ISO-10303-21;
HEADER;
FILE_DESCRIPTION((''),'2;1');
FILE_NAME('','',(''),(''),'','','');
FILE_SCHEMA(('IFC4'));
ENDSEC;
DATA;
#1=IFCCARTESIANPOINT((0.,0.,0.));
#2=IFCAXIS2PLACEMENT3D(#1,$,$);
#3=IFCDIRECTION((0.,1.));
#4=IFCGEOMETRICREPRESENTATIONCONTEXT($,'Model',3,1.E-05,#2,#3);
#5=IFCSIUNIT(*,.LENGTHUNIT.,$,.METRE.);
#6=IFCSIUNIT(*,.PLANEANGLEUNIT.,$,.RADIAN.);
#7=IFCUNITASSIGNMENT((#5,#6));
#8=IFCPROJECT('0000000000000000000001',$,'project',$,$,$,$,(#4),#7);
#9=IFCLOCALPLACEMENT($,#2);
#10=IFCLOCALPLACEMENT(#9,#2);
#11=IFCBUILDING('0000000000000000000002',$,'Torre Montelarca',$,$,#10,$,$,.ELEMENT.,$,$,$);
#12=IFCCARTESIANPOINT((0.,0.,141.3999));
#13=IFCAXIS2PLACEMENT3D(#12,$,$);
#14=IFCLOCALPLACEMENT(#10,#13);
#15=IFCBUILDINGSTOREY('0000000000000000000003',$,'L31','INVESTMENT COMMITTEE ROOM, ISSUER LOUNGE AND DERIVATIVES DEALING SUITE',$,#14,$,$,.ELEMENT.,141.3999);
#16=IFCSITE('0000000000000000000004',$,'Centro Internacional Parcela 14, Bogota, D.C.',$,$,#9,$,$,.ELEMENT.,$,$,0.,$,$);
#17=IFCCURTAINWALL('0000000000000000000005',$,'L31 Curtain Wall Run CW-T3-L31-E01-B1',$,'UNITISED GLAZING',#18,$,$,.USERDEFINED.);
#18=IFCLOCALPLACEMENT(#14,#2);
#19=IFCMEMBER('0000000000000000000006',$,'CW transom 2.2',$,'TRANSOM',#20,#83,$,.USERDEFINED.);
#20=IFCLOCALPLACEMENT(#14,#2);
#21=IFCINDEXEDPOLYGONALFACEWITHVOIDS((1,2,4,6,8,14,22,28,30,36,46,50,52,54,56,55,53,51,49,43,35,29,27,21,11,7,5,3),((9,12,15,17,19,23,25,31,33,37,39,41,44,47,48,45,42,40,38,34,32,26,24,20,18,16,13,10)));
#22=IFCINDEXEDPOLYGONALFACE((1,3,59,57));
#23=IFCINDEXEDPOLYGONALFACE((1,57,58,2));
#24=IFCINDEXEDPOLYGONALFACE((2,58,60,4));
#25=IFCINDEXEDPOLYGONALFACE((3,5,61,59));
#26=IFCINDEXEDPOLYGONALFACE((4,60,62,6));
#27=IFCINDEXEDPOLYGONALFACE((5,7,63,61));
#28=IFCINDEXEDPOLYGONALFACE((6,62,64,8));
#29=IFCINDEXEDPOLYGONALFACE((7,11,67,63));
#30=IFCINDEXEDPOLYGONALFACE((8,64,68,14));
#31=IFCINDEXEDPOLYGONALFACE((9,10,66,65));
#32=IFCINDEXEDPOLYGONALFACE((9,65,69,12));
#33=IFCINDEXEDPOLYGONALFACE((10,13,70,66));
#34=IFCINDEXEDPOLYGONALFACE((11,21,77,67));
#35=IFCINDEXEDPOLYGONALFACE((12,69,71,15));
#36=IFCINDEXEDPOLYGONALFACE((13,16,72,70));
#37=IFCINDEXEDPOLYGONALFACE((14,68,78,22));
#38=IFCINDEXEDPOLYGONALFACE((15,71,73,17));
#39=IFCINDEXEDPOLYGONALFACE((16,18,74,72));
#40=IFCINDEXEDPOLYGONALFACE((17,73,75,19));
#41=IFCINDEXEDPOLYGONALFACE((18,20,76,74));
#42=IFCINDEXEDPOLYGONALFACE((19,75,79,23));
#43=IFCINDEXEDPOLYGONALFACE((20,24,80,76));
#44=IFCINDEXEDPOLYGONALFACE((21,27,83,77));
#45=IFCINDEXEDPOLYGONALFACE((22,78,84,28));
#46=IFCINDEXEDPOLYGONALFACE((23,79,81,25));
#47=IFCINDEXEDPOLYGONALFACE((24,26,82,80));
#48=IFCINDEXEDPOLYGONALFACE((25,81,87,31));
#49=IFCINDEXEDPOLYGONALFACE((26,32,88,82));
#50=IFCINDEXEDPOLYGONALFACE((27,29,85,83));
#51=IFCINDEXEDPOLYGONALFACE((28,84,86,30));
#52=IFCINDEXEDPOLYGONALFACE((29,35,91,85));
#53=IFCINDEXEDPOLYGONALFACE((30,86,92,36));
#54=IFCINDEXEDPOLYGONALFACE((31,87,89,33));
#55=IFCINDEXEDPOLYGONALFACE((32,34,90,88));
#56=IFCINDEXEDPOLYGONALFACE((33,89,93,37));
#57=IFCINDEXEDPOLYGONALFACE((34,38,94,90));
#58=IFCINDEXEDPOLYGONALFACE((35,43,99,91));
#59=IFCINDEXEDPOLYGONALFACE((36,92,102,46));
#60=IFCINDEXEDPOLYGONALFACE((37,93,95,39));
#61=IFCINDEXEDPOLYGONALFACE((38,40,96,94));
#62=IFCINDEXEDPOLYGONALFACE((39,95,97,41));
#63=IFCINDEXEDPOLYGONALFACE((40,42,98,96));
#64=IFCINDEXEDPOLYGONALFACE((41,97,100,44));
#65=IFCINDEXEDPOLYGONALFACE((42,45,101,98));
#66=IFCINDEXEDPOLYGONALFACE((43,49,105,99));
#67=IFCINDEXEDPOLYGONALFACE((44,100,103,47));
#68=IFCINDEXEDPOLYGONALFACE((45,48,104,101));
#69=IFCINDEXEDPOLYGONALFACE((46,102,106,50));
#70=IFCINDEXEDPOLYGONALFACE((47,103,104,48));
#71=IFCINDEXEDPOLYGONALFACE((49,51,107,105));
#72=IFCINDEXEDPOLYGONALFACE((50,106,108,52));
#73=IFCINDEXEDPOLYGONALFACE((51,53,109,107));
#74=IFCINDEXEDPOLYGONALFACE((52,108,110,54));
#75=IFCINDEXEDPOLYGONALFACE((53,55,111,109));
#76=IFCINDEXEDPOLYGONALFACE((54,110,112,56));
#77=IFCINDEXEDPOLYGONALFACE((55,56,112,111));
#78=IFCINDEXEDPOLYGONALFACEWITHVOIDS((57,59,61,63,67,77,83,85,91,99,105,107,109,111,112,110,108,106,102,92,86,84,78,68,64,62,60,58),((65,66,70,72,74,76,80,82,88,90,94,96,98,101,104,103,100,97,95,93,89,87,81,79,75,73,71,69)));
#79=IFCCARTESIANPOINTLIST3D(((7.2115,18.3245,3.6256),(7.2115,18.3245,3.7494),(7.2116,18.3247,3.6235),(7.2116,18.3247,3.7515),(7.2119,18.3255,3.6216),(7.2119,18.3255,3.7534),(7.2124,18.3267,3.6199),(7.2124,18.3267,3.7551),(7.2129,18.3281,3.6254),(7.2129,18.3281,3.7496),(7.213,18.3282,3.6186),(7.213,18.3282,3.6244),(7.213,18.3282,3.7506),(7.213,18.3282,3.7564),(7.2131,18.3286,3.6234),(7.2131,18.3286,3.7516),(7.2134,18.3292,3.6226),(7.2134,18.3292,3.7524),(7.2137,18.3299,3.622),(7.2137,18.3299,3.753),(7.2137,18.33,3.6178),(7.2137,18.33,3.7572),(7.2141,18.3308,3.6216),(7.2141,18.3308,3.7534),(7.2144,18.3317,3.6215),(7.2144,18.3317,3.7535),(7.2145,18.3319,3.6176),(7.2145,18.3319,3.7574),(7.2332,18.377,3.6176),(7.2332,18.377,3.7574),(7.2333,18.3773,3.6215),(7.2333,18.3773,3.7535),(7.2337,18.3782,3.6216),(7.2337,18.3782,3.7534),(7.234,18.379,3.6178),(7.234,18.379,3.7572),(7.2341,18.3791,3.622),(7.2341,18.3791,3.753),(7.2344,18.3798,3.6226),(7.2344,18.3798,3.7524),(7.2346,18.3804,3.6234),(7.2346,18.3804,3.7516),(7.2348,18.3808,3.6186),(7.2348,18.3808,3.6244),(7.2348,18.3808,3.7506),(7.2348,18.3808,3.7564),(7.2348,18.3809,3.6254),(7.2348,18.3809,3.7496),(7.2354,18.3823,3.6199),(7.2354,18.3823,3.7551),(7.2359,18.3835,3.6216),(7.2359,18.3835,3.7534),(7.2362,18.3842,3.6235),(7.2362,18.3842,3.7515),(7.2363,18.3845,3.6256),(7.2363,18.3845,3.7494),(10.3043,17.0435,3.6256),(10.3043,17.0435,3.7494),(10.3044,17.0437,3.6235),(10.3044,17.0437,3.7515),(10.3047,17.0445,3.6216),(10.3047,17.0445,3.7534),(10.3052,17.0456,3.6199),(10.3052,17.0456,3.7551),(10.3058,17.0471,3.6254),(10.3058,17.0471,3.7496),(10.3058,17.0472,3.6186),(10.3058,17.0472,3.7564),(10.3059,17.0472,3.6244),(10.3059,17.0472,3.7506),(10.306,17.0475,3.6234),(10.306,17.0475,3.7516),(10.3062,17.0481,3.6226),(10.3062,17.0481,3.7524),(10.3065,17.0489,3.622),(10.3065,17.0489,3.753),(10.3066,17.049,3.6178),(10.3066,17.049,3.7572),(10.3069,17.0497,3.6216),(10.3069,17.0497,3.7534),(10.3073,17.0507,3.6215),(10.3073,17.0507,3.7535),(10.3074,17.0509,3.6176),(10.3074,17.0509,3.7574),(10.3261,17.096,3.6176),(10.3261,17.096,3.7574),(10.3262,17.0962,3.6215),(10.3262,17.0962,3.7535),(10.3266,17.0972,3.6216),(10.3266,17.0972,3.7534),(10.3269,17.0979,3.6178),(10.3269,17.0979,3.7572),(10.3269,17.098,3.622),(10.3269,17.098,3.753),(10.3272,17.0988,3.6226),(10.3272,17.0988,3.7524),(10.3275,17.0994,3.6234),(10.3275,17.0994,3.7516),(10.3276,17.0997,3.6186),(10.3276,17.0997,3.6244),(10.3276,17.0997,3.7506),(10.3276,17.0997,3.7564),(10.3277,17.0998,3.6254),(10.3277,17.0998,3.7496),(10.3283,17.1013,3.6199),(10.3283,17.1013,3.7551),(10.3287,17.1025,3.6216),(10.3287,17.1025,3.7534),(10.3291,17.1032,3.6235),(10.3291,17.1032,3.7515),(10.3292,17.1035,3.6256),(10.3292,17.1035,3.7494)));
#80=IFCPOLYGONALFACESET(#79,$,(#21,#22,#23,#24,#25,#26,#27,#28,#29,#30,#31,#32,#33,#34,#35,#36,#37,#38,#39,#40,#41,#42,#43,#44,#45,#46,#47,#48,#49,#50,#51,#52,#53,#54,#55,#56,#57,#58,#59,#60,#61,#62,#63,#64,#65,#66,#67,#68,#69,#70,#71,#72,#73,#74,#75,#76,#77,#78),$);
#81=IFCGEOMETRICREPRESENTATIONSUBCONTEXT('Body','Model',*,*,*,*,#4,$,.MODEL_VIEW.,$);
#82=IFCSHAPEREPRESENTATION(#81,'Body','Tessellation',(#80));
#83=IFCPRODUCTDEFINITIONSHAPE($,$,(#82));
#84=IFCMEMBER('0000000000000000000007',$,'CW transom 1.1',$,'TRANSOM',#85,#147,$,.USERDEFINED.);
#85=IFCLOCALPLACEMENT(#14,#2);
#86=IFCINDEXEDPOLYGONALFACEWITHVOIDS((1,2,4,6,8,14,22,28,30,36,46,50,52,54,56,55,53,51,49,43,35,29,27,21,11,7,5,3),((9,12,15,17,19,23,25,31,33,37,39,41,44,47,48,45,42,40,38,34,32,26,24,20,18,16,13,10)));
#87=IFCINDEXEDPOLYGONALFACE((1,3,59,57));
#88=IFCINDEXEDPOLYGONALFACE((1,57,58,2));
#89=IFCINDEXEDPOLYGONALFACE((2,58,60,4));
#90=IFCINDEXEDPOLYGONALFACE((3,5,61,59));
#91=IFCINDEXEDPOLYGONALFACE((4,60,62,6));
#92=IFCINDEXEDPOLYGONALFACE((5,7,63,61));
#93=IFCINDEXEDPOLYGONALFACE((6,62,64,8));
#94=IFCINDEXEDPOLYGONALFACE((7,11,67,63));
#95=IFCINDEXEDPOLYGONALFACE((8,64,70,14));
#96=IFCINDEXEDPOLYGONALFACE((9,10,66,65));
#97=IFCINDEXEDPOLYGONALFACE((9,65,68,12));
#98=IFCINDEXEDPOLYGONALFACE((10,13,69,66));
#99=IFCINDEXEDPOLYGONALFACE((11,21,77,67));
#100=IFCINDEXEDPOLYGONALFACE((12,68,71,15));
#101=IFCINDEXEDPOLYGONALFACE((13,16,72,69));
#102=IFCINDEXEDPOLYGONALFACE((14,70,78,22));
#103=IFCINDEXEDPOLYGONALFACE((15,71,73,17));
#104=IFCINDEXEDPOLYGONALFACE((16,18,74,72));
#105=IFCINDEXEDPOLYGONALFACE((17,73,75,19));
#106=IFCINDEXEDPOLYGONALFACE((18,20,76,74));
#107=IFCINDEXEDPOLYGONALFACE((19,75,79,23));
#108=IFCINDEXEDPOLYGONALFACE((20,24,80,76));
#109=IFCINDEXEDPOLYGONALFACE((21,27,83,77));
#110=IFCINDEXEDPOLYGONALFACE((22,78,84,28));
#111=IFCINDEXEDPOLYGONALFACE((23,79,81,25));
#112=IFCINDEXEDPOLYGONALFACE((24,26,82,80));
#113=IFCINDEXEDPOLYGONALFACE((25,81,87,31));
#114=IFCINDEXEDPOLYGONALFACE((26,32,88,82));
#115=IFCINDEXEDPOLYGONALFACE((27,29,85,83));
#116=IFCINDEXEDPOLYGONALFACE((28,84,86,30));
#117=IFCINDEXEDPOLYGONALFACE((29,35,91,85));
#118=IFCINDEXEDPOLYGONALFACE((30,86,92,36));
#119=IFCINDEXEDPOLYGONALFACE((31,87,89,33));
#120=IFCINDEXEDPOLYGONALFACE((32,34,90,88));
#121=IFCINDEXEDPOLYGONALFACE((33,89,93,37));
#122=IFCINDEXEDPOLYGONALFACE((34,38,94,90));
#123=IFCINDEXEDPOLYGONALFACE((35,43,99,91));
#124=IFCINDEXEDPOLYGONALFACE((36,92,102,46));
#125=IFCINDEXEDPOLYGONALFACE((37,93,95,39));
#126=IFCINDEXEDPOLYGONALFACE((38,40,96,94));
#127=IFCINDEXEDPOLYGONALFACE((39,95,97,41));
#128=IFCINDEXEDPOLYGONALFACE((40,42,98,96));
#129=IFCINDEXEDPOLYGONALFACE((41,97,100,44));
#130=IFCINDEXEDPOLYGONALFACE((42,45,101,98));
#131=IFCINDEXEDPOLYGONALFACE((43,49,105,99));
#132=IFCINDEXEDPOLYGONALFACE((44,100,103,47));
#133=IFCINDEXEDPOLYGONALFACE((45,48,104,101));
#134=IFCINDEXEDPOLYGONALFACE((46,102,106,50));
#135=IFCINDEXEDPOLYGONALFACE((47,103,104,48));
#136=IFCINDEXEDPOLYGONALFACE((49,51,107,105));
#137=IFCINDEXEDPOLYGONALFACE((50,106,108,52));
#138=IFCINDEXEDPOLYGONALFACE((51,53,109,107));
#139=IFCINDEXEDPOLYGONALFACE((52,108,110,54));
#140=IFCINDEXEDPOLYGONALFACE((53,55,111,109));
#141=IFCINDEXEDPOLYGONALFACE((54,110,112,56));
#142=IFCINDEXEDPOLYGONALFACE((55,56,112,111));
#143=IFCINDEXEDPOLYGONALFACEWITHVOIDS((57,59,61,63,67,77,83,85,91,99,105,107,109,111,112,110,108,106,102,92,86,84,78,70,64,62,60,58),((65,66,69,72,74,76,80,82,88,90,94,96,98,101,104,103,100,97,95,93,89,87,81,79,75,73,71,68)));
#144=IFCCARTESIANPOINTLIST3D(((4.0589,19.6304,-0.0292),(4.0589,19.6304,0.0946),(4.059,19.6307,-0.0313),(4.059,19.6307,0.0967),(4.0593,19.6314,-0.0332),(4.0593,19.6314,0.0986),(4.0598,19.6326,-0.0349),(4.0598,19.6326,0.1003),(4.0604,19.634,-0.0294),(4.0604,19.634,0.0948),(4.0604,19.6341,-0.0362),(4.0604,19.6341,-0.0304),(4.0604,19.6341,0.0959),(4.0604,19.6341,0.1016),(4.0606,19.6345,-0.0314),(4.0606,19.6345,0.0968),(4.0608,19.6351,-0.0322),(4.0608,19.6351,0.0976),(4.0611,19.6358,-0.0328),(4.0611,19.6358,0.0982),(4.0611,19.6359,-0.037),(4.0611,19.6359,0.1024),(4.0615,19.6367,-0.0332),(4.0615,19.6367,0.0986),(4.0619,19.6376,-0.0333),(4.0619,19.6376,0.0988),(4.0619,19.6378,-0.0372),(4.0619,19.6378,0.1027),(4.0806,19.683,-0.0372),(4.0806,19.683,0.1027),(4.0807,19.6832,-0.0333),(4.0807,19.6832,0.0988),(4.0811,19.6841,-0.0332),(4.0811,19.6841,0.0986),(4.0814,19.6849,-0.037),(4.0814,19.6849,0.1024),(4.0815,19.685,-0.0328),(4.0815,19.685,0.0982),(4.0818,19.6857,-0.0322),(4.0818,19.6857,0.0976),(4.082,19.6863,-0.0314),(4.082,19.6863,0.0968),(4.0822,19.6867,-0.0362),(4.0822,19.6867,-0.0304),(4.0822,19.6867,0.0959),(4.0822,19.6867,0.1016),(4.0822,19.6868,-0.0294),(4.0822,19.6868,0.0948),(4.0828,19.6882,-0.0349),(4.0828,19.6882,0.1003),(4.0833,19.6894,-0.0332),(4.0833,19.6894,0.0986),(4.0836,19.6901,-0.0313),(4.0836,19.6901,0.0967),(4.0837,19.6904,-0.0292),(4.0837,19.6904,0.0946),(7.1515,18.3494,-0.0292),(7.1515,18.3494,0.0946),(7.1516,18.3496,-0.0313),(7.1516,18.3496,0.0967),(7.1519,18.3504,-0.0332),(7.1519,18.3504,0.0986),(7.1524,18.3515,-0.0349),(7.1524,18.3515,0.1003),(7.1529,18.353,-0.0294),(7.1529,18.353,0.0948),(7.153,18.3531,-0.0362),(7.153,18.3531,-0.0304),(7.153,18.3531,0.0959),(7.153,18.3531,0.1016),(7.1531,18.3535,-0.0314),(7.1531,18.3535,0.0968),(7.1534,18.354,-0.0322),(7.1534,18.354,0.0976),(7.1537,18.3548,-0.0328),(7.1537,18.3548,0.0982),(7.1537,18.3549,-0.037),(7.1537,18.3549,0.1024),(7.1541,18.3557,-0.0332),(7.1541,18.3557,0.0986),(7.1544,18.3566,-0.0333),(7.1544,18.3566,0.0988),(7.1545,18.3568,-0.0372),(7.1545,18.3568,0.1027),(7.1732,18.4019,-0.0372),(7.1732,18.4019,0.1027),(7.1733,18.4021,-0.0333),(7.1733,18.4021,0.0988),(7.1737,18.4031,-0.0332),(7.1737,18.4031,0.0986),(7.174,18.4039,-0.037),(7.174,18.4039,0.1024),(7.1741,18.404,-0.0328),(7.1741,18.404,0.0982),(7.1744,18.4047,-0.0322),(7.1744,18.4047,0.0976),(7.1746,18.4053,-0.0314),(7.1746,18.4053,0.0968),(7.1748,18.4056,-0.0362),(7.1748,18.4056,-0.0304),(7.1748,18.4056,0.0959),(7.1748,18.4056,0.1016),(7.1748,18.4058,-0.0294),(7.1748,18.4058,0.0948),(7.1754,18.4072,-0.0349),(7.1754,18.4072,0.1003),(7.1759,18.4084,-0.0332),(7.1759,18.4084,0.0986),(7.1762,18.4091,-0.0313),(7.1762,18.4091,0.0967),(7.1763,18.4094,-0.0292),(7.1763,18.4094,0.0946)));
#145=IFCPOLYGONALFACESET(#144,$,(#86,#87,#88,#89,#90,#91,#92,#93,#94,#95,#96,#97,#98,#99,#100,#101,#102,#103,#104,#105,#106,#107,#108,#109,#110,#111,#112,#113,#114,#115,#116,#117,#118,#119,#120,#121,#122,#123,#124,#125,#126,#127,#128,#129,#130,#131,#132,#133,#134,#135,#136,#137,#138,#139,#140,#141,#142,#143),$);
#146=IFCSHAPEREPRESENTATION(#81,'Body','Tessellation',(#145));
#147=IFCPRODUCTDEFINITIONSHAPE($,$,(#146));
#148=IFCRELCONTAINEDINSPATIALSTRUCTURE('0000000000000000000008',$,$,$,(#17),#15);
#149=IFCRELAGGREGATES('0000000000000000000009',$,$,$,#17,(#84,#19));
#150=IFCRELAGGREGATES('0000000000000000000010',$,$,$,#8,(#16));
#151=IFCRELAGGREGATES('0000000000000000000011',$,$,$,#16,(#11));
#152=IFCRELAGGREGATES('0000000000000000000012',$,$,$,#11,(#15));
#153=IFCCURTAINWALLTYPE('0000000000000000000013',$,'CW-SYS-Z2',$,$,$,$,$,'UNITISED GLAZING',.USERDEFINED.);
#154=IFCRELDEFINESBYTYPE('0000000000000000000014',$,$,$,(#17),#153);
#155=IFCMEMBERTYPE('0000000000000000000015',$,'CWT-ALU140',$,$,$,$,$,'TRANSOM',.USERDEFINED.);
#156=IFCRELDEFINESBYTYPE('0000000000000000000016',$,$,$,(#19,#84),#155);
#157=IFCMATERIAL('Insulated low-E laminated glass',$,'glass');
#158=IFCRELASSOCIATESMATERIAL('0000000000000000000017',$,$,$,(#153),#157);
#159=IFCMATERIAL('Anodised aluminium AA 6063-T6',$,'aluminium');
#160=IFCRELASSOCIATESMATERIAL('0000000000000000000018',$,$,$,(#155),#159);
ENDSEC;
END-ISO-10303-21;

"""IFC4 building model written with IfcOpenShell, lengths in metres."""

from ifc_helpers import new_model, si_unit, direction, frame, origin, origin_2d, place, context, subcontext, project, spatial, hollow_rectangle, extrude, source, transform, mapped, material, material_profile, profile_set, type_object, element, aggregate, save


model = new_model("IFC4")

# Units and contexts
model_context = context("Model", 3, precision=1e-05, world=origin(), true_north=direction((0.0, 1.0)))
body_context = subcontext(model_context, "Body", "Model", "MODEL_VIEW")
ifc_project = project(units=[si_unit("LENGTHUNIT", "METRE"), si_unit("PLANEANGLEUNIT", "RADIAN")], contexts=[model_context])

# Site, building, storey
site_placement = place(None, origin())
site = spatial("IfcSite", under=ifc_project, at=site_placement, Name="Centro Internacional Parcela 14, Bogota, D.C.", CompositionType="ELEMENT", RefElevation=0.0)
building_placement = place(site_placement, origin())
building = spatial("IfcBuilding", under=site, at=building_placement, Name="Torre Montelarca", CompositionType="ELEMENT")
storey_placement = place(building_placement, frame((0.0, 0.0, 141.3999)))
storey = spatial("IfcBuildingStorey", under=building, at=storey_placement, Name="L31", Description="INVESTMENT COMMITTEE ROOM, ISSUER LOUNGE AND DERIVATIVES DEALING SUITE", CompositionType="ELEMENT", Elevation=141.3999)

# Curtain wall
ifc_material_1 = material(Name="Insulated low-E laminated glass", Category="glass")
curtain_wall_type = type_object("IfcCurtainWallType", Name="CW-SYS-Z2", ElementType="UNITISED GLAZING", PredefinedType="USERDEFINED", material=ifc_material_1)
curtain_wall_1_placement = place(storey_placement, origin())
curtain_wall_1 = element("IfcCurtainWall", 1, at=curtain_wall_1_placement, inside=storey, type_object=curtain_wall_type, Name="L31 Curtain Wall Run CW-T3-L31-E01-B1", ObjectType="UNITISED GLAZING", PredefinedType="USERDEFINED")
ifc_material_2 = material(Name="Anodised aluminium AA 6063-T6", Category="aluminium")

# Members
ifc_material_profile_1 = material_profile(ifc_material_2, hollow_rectangle(XDim=0.0649, YDim=0.1399, WallThickness=0.0039, InnerFilletRadius=0.0039, OuterFilletRadius=0.0081, at=origin_2d()), Name="ALU65X140X4", Category="aluminium")
ifc_profile_set_1 = profile_set([ifc_material_profile_1], Name="Anodised aluminium AA 6063-T6")
member_type_1 = type_object("IfcMemberType", Name="CWT-ALU140", ElementType="TRANSOM", PredefinedType="USERDEFINED", material=ifc_profile_set_1)
shared_shape_1 = source(origin(), body_context, "Body", "SweptSolid", [
    extrude(hollow_rectangle(XDim=0.0649, YDim=0.1399, WallThickness=0.0039, InnerFilletRadius=0.0039, OuterFilletRadius=0.0081, at=origin_2d()), origin(), (0.0, 0.0, 1.0), 3.3477),
])
member_1_placement = place(storey_placement, frame((7.2239, 18.3545, 3.6875), z_axis=(0.923886, -0.382667, 0.0), x_axis=(0.382667, 0.923886, 0.0)))
member_1 = element("IfcMember", 2, at=member_1_placement, type_object=member_type_1, Name="CW transom 2.2", ObjectType="TRANSOM", PredefinedType="USERDEFINED", context=body_context, shape_type="MappedRepresentation", body=[
    mapped(shared_shape_1, transform((0.0, 0.0, 0.0), scale=1.0)),
])
shared_shape_2 = source(origin(), body_context, "Body", "SweptSolid", [
    extrude(hollow_rectangle(XDim=0.0649, YDim=0.1399, WallThickness=0.0039, InnerFilletRadius=0.0039, OuterFilletRadius=0.0081, at=origin_2d()), origin(), (0.0, 0.0, 1.0), 3.3474),
])
member_2_placement = place(storey_placement, frame((4.0713, 19.6604, 0.0327), z_axis=(0.923875, -0.382693, 0.0), x_axis=(0.382693, 0.923875, 0.0)))
member_2 = element("IfcMember", 3, at=member_2_placement, type_object=member_type_1, Name="CW transom 1.1", ObjectType="TRANSOM", PredefinedType="USERDEFINED", context=body_context, shape_type="MappedRepresentation", body=[
    mapped(shared_shape_2, transform((0.0, 0.0, 0.0), scale=1.0)),
])

aggregate(curtain_wall_1, [member_2, member_1])

save(model, "model.ifc")
